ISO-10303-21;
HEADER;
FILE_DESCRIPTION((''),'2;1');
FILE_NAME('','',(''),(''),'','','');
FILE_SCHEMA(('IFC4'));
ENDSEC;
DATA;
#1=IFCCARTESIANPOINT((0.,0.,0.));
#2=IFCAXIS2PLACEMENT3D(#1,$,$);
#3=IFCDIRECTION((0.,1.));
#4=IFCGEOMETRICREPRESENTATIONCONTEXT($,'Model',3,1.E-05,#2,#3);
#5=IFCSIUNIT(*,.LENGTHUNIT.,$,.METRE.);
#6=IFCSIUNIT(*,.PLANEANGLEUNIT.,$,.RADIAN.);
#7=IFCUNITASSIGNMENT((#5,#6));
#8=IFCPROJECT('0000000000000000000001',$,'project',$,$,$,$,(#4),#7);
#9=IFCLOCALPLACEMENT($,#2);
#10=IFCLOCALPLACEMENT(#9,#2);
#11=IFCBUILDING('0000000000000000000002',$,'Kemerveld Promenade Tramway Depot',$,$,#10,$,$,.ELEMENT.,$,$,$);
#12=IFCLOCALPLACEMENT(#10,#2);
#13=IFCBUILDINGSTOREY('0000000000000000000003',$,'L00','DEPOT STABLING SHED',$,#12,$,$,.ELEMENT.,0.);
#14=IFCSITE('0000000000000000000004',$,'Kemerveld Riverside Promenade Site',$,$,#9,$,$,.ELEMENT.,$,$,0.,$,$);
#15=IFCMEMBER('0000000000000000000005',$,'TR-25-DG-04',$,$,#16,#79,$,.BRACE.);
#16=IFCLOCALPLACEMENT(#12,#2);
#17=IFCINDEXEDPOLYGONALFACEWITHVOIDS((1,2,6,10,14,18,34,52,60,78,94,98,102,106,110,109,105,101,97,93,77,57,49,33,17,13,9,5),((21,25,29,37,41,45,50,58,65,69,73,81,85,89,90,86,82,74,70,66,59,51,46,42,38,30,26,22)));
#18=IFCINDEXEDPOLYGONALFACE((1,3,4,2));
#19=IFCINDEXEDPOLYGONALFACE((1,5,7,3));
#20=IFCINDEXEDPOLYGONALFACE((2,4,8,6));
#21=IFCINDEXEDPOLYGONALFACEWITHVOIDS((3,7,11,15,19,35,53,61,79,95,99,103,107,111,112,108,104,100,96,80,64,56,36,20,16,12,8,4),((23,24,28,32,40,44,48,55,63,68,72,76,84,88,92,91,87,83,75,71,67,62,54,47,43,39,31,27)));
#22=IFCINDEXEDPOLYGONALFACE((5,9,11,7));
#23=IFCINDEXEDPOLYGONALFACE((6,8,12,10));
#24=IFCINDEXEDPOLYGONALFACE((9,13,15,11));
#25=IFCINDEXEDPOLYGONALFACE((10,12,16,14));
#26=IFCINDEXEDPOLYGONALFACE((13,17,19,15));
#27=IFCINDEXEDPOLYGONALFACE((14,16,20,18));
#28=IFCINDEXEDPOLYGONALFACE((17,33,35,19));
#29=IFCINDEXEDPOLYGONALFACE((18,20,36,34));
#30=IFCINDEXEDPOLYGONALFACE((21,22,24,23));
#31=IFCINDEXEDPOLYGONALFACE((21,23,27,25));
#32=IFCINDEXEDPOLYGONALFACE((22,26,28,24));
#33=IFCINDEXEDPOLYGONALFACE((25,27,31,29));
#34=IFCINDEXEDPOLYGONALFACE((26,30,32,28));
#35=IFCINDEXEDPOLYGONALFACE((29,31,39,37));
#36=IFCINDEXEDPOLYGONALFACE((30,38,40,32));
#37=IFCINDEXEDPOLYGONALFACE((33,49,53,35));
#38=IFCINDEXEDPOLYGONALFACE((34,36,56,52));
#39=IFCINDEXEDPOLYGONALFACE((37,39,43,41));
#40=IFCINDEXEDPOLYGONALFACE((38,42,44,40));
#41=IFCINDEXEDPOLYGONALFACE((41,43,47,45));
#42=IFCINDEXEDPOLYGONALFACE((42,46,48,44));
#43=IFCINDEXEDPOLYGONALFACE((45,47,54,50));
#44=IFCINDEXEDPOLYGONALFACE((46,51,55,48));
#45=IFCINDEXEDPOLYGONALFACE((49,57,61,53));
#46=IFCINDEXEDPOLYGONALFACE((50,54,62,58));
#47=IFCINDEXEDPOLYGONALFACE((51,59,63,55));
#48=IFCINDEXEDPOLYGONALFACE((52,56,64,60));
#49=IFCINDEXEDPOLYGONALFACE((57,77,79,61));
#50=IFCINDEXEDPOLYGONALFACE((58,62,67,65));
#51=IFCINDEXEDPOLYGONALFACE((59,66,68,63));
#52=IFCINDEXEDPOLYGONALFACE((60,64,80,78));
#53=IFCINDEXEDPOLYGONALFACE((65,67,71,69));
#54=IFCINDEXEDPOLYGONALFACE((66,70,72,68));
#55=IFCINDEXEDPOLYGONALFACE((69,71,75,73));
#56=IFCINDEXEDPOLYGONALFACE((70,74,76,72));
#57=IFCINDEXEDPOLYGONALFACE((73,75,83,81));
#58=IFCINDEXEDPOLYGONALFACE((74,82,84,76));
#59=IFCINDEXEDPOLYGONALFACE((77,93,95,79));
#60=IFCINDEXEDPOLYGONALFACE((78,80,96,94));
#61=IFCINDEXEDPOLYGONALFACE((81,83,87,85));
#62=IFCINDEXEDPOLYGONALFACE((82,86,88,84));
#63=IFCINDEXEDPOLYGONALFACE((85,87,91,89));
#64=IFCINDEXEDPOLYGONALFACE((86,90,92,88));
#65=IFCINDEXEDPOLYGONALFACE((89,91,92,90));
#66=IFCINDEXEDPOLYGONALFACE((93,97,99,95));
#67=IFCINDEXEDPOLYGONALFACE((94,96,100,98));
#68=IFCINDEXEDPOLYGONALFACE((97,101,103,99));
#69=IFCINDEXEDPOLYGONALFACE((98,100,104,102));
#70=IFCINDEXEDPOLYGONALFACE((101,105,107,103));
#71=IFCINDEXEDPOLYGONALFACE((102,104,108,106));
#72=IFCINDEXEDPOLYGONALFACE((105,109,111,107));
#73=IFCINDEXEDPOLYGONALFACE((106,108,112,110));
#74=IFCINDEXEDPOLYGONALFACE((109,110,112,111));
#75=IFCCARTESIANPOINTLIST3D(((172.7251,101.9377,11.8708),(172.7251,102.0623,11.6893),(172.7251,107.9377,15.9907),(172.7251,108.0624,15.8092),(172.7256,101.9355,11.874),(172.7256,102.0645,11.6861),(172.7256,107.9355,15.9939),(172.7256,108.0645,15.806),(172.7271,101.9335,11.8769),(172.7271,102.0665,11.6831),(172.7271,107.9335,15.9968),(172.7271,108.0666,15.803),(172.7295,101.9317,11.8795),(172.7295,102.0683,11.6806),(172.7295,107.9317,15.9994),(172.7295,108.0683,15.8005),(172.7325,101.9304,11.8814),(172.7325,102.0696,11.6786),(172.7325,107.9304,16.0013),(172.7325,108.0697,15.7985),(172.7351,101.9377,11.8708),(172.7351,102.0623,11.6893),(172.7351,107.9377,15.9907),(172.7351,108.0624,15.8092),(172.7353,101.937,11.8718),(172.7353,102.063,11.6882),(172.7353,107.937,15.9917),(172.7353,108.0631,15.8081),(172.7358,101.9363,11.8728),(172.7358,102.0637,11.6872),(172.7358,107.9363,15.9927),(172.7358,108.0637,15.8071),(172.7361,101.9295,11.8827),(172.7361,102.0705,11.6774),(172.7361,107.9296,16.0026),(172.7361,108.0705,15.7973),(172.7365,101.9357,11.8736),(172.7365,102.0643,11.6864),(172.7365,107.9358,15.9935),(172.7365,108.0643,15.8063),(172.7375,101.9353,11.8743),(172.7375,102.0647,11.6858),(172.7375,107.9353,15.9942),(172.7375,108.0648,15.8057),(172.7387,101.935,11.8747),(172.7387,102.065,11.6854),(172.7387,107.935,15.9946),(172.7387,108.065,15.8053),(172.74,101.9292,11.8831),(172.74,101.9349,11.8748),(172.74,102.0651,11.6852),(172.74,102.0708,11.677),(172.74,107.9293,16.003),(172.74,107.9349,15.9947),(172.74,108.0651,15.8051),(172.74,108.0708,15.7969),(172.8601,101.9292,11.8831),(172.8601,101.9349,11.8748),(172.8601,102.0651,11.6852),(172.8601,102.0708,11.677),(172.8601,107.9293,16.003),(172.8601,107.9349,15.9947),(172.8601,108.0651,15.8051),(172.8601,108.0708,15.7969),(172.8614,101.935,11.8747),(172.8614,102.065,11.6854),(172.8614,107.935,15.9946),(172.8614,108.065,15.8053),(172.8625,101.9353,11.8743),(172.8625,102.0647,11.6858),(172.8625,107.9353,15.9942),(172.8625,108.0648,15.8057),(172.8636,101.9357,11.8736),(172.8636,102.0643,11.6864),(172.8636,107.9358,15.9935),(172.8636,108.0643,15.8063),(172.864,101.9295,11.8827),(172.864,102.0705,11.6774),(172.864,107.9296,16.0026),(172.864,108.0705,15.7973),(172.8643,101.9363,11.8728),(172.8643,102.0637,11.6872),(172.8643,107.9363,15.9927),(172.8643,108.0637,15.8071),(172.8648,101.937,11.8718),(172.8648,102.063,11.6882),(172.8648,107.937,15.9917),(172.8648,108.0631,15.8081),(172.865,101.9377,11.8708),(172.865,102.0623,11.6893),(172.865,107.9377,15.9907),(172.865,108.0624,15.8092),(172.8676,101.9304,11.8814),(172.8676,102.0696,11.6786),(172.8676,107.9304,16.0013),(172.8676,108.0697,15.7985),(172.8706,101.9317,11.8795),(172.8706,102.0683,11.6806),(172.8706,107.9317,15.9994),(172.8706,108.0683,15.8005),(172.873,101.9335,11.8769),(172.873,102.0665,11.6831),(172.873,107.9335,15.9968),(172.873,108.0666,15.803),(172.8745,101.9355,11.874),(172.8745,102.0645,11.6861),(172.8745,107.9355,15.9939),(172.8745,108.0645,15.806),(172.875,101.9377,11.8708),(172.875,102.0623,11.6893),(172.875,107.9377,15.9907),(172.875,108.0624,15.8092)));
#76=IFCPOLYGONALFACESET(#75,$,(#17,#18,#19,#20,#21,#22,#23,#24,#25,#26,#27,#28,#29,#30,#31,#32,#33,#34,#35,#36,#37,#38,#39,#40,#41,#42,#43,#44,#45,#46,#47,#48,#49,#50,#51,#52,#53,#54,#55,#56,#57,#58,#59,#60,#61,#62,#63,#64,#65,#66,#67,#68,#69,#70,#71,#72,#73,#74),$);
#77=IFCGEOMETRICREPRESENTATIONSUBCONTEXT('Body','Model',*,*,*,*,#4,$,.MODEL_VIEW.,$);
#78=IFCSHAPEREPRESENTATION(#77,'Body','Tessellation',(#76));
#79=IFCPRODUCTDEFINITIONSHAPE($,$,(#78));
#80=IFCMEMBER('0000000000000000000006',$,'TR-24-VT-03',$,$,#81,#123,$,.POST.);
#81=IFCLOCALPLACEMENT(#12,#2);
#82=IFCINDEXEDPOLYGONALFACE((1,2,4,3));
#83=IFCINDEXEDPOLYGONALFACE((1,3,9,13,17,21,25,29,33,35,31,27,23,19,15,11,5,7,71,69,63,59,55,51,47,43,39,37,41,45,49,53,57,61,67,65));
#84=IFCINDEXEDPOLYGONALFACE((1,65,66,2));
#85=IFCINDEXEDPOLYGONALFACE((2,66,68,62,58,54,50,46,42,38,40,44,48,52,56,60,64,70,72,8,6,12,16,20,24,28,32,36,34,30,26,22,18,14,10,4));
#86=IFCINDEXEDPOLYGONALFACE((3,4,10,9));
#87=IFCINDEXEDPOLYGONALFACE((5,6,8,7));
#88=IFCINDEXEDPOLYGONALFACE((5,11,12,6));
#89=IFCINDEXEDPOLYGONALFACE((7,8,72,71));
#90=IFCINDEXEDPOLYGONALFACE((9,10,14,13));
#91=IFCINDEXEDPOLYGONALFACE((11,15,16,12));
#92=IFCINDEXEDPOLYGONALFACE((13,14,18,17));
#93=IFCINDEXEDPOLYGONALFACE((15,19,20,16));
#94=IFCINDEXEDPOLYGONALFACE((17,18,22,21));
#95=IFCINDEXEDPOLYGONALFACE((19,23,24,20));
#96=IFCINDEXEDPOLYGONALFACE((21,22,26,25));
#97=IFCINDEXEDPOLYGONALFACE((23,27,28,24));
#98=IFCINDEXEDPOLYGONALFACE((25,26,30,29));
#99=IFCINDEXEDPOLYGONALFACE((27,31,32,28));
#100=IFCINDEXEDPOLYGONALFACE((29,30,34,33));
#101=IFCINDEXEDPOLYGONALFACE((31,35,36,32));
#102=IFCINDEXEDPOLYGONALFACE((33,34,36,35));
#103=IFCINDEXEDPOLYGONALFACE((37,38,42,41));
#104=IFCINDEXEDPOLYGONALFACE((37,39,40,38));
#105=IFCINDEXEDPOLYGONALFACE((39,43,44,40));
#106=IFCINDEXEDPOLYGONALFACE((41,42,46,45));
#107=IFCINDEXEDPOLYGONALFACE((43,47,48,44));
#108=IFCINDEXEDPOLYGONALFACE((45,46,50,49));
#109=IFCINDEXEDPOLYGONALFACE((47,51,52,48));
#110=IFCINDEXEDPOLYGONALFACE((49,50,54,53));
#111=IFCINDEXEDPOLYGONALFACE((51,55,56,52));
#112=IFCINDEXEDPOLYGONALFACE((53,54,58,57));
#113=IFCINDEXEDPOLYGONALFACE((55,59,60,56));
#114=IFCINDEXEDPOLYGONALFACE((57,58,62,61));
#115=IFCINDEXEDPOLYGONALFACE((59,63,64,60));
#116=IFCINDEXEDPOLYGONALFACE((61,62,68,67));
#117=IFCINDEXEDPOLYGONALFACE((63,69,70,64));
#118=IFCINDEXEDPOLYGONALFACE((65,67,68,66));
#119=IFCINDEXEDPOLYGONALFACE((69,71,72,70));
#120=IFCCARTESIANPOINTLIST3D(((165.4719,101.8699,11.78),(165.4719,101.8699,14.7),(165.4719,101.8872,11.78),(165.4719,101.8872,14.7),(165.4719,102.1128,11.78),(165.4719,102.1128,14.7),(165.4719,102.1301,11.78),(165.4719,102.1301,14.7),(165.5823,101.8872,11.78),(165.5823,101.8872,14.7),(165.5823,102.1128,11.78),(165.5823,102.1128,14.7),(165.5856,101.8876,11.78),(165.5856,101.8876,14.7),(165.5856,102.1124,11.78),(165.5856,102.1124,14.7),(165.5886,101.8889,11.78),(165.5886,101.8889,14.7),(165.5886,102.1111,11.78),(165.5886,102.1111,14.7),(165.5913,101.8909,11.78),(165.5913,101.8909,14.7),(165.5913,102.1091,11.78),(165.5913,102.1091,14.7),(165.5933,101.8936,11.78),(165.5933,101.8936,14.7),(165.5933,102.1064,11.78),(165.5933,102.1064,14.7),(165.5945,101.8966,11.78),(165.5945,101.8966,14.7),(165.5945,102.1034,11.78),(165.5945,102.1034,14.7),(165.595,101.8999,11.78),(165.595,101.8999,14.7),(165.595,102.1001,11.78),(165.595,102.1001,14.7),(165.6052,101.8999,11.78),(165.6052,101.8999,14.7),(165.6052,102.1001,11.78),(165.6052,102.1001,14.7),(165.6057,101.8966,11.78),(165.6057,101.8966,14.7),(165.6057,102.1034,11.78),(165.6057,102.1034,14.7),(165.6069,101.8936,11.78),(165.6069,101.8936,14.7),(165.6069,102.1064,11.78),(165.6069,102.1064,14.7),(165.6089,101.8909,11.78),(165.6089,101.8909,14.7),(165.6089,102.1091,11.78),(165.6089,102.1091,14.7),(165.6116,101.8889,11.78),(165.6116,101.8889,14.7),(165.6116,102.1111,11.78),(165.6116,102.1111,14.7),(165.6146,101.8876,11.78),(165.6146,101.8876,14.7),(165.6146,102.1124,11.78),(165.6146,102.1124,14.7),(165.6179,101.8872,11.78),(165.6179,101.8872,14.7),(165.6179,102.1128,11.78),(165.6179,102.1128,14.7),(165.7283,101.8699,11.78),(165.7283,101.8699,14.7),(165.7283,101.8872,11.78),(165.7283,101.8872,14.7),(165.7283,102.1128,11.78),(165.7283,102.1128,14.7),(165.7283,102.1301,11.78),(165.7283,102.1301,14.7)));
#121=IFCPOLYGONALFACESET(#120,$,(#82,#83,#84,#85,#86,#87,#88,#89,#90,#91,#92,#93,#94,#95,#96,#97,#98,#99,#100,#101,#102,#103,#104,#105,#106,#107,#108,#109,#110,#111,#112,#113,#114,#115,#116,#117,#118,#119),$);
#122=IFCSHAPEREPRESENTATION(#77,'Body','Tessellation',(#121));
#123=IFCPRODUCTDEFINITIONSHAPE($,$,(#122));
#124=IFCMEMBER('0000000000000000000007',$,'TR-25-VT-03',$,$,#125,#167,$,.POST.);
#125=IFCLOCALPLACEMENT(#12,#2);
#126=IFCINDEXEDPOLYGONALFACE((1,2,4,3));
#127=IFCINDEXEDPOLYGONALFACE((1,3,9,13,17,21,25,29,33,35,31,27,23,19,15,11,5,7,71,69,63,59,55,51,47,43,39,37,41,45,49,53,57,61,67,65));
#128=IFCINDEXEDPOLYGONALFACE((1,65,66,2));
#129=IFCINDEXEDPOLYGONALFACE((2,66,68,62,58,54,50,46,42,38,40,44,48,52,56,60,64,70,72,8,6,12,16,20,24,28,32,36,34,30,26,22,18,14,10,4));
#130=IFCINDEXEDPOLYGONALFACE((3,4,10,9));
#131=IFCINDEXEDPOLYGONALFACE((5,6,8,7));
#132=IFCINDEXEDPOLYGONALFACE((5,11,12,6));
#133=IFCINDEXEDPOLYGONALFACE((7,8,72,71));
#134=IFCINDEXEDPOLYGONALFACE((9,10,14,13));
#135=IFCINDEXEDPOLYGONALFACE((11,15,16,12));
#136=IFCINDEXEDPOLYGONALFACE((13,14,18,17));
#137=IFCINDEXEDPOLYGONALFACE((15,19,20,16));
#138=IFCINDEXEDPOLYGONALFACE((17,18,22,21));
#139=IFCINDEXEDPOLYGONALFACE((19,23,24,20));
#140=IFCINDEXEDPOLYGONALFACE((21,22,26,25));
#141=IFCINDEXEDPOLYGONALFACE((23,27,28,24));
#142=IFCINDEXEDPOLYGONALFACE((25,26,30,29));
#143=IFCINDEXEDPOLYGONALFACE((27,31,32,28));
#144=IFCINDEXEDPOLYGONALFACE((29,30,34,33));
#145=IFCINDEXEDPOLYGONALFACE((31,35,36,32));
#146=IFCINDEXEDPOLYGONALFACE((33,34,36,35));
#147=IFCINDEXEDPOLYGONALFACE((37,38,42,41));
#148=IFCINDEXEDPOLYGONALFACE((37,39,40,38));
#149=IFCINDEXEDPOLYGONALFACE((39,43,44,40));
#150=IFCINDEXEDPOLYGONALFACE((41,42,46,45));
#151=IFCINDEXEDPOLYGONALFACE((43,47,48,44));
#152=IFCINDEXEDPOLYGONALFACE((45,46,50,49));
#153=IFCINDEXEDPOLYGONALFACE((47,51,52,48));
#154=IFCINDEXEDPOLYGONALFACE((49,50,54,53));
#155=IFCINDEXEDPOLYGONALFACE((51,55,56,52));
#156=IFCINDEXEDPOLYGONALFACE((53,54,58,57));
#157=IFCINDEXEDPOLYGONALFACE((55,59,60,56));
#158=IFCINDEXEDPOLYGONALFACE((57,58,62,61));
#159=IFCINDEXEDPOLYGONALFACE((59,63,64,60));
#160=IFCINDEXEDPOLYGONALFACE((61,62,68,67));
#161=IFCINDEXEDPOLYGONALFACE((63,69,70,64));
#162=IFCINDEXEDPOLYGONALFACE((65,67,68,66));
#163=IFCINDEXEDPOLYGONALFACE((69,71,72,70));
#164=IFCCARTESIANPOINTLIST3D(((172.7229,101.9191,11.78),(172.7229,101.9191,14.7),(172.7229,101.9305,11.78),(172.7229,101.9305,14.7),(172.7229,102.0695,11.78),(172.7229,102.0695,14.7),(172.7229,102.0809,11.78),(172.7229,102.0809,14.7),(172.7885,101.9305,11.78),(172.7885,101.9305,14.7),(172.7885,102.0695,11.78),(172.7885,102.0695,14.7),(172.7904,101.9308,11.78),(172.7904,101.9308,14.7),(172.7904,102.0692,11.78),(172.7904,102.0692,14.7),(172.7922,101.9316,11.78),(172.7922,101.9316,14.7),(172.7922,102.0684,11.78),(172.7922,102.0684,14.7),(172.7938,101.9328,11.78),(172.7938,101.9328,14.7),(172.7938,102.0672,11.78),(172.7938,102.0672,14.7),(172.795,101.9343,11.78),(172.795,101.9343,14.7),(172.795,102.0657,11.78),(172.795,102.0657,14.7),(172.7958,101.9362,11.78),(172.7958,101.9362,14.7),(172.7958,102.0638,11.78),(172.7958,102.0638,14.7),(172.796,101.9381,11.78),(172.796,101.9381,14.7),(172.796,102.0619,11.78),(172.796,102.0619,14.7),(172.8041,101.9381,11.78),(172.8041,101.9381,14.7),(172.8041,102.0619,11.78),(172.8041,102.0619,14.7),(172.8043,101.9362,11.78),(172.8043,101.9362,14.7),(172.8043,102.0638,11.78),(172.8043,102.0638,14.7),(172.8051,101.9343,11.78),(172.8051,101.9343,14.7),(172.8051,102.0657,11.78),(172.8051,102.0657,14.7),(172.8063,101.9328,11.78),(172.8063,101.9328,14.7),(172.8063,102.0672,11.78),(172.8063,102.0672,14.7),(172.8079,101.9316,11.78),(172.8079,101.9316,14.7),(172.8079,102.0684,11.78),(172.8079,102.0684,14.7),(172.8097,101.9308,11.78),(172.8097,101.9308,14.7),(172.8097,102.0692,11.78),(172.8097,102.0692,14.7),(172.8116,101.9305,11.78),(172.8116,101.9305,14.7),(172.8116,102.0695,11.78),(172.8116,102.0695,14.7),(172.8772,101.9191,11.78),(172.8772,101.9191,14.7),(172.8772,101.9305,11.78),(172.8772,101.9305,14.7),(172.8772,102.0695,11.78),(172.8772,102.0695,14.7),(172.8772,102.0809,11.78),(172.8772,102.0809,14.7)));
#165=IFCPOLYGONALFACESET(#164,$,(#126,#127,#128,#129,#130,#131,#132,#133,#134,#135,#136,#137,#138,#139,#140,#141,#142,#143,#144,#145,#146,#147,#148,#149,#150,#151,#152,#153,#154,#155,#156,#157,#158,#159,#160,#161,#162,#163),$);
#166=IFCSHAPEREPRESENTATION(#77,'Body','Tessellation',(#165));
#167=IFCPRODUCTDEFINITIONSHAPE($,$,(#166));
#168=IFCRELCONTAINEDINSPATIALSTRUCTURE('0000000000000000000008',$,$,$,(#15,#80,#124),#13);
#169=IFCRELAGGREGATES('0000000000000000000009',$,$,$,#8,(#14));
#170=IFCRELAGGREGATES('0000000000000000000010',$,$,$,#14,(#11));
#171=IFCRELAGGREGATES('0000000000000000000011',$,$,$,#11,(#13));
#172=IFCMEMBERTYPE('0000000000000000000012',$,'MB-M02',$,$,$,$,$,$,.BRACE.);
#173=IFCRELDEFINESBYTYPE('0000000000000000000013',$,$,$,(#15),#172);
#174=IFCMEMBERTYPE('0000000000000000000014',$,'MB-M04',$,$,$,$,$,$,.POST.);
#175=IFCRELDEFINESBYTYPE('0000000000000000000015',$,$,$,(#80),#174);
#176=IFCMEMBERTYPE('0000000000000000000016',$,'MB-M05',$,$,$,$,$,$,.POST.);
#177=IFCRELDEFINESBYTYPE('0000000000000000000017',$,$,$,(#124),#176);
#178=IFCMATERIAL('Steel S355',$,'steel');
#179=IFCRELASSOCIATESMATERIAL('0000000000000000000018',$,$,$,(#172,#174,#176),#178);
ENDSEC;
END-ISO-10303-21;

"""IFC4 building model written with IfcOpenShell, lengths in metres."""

from ifc_helpers import new_model, si_unit, direction, frame, origin, origin_2d, place, context, subcontext, project, spatial, hollow_rectangle, i_section, extrude, material, material_profile, profile_set, type_object, element, save


model = new_model("IFC4")

# Units and contexts
model_context = context("Model", 3, precision=1e-05, world=origin(), true_north=direction((0.0, 1.0)))
body_context = subcontext(model_context, "Body", "Model", "MODEL_VIEW")
ifc_project = project(units=[si_unit("LENGTHUNIT", "METRE"), si_unit("PLANEANGLEUNIT", "RADIAN")], contexts=[model_context])

# Site, building, storey
site_placement = place(None, origin())
site = spatial("IfcSite", under=ifc_project, at=site_placement, Name="Kemerveld Riverside Promenade Site", CompositionType="ELEMENT", RefElevation=0.0)
building_placement = place(site_placement, origin())
building = spatial("IfcBuilding", under=site, at=building_placement, Name="Kemerveld Promenade Tramway Depot", CompositionType="ELEMENT")
storey_placement = place(building_placement, origin())
storey = spatial("IfcBuildingStorey", under=building, at=storey_placement, Name="L00", Description="DEPOT STABLING SHED", CompositionType="ELEMENT", Elevation=0.0)

# Members
ifc_material_1 = material(Name="Steel S355", Category="steel")
ifc_material_profile_1 = material_profile(ifc_material_1, hollow_rectangle(XDim=0.1499, YDim=0.25, WallThickness=0.01, InnerFilletRadius=0.0049, OuterFilletRadius=0.0149, at=origin_2d()), Name="250x150x10.0 RHS")
ifc_profile_set_1 = profile_set([ifc_material_profile_1], Name="Steel S355")
member_type_1 = type_object("IfcMemberType", Name="MB-M02", PredefinedType="BRACE", material=ifc_profile_set_1)
member_1_placement = place(storey_placement, frame((172.8, 102.0, 11.78), z_axis=(0.0, 0.824371, 0.56605), x_axis=(-1.0, 0.0, 0.0)))
element("IfcMember", 1, at=member_1_placement, inside=storey, type_object=member_type_1, Name="TR-25-DG-04", PredefinedType="BRACE", context=body_context, shape_type="SweptSolid", body=[
    extrude(hollow_rectangle(XDim=0.1499, YDim=0.25, WallThickness=0.01, InnerFilletRadius=0.0049, OuterFilletRadius=0.0149, at=origin_2d()), origin(), (0.0, 0.0, 1.0), 7.2783),
])
ifc_material_profile_2 = material_profile(ifc_material_1, i_section(OverallWidth=0.2563, OverallDepth=0.2603, WebThickness=0.0103, FlangeThickness=0.0173, FilletRadius=0.0127, at=origin_2d()), Name="254x254x89 UC")
ifc_profile_set_2 = profile_set([ifc_material_profile_2], Name="Steel S355")
member_type_2 = type_object("IfcMemberType", Name="MB-M04", PredefinedType="POST", material=ifc_profile_set_2)
member_2_placement = place(storey_placement, frame((165.6001, 102.0, 11.78), z_axis=(0.0, 0.0, 1.0), x_axis=(1.0, 0.0, 0.0)))
element("IfcMember", 2, at=member_2_placement, inside=storey, type_object=member_type_2, Name="TR-24-VT-03", PredefinedType="POST", context=body_context, shape_type="SweptSolid", body=[
    extrude(i_section(OverallWidth=0.2563, OverallDepth=0.2603, WebThickness=0.0103, FlangeThickness=0.0173, FilletRadius=0.0127, at=origin_2d()), origin(), (0.0, 0.0, 1.0), 2.9199),
])
ifc_material_profile_3 = material_profile(ifc_material_1, i_section(OverallWidth=0.1543, OverallDepth=0.1619, WebThickness=0.0081, FlangeThickness=0.0115, FilletRadius=0.0076, at=origin_2d()), Name="152x152x37 UC")
ifc_profile_set_3 = profile_set([ifc_material_profile_3], Name="Steel S355")
member_type_3 = type_object("IfcMemberType", Name="MB-M05", PredefinedType="POST", material=ifc_profile_set_3)
member_3_placement = place(storey_placement, frame((172.8, 102.0, 11.78), z_axis=(0.0, 0.0, 1.0), x_axis=(1.0, 0.0, 0.0)))
element("IfcMember", 3, at=member_3_placement, inside=storey, type_object=member_type_3, Name="TR-25-VT-03", PredefinedType="POST", context=body_context, shape_type="SweptSolid", body=[
    extrude(i_section(OverallWidth=0.1543, OverallDepth=0.1619, WebThickness=0.0081, FlangeThickness=0.0115, FilletRadius=0.0076, at=origin_2d()), origin(), (0.0, 0.0, 1.0), 2.9199),
])

save(model, "model.ifc")
